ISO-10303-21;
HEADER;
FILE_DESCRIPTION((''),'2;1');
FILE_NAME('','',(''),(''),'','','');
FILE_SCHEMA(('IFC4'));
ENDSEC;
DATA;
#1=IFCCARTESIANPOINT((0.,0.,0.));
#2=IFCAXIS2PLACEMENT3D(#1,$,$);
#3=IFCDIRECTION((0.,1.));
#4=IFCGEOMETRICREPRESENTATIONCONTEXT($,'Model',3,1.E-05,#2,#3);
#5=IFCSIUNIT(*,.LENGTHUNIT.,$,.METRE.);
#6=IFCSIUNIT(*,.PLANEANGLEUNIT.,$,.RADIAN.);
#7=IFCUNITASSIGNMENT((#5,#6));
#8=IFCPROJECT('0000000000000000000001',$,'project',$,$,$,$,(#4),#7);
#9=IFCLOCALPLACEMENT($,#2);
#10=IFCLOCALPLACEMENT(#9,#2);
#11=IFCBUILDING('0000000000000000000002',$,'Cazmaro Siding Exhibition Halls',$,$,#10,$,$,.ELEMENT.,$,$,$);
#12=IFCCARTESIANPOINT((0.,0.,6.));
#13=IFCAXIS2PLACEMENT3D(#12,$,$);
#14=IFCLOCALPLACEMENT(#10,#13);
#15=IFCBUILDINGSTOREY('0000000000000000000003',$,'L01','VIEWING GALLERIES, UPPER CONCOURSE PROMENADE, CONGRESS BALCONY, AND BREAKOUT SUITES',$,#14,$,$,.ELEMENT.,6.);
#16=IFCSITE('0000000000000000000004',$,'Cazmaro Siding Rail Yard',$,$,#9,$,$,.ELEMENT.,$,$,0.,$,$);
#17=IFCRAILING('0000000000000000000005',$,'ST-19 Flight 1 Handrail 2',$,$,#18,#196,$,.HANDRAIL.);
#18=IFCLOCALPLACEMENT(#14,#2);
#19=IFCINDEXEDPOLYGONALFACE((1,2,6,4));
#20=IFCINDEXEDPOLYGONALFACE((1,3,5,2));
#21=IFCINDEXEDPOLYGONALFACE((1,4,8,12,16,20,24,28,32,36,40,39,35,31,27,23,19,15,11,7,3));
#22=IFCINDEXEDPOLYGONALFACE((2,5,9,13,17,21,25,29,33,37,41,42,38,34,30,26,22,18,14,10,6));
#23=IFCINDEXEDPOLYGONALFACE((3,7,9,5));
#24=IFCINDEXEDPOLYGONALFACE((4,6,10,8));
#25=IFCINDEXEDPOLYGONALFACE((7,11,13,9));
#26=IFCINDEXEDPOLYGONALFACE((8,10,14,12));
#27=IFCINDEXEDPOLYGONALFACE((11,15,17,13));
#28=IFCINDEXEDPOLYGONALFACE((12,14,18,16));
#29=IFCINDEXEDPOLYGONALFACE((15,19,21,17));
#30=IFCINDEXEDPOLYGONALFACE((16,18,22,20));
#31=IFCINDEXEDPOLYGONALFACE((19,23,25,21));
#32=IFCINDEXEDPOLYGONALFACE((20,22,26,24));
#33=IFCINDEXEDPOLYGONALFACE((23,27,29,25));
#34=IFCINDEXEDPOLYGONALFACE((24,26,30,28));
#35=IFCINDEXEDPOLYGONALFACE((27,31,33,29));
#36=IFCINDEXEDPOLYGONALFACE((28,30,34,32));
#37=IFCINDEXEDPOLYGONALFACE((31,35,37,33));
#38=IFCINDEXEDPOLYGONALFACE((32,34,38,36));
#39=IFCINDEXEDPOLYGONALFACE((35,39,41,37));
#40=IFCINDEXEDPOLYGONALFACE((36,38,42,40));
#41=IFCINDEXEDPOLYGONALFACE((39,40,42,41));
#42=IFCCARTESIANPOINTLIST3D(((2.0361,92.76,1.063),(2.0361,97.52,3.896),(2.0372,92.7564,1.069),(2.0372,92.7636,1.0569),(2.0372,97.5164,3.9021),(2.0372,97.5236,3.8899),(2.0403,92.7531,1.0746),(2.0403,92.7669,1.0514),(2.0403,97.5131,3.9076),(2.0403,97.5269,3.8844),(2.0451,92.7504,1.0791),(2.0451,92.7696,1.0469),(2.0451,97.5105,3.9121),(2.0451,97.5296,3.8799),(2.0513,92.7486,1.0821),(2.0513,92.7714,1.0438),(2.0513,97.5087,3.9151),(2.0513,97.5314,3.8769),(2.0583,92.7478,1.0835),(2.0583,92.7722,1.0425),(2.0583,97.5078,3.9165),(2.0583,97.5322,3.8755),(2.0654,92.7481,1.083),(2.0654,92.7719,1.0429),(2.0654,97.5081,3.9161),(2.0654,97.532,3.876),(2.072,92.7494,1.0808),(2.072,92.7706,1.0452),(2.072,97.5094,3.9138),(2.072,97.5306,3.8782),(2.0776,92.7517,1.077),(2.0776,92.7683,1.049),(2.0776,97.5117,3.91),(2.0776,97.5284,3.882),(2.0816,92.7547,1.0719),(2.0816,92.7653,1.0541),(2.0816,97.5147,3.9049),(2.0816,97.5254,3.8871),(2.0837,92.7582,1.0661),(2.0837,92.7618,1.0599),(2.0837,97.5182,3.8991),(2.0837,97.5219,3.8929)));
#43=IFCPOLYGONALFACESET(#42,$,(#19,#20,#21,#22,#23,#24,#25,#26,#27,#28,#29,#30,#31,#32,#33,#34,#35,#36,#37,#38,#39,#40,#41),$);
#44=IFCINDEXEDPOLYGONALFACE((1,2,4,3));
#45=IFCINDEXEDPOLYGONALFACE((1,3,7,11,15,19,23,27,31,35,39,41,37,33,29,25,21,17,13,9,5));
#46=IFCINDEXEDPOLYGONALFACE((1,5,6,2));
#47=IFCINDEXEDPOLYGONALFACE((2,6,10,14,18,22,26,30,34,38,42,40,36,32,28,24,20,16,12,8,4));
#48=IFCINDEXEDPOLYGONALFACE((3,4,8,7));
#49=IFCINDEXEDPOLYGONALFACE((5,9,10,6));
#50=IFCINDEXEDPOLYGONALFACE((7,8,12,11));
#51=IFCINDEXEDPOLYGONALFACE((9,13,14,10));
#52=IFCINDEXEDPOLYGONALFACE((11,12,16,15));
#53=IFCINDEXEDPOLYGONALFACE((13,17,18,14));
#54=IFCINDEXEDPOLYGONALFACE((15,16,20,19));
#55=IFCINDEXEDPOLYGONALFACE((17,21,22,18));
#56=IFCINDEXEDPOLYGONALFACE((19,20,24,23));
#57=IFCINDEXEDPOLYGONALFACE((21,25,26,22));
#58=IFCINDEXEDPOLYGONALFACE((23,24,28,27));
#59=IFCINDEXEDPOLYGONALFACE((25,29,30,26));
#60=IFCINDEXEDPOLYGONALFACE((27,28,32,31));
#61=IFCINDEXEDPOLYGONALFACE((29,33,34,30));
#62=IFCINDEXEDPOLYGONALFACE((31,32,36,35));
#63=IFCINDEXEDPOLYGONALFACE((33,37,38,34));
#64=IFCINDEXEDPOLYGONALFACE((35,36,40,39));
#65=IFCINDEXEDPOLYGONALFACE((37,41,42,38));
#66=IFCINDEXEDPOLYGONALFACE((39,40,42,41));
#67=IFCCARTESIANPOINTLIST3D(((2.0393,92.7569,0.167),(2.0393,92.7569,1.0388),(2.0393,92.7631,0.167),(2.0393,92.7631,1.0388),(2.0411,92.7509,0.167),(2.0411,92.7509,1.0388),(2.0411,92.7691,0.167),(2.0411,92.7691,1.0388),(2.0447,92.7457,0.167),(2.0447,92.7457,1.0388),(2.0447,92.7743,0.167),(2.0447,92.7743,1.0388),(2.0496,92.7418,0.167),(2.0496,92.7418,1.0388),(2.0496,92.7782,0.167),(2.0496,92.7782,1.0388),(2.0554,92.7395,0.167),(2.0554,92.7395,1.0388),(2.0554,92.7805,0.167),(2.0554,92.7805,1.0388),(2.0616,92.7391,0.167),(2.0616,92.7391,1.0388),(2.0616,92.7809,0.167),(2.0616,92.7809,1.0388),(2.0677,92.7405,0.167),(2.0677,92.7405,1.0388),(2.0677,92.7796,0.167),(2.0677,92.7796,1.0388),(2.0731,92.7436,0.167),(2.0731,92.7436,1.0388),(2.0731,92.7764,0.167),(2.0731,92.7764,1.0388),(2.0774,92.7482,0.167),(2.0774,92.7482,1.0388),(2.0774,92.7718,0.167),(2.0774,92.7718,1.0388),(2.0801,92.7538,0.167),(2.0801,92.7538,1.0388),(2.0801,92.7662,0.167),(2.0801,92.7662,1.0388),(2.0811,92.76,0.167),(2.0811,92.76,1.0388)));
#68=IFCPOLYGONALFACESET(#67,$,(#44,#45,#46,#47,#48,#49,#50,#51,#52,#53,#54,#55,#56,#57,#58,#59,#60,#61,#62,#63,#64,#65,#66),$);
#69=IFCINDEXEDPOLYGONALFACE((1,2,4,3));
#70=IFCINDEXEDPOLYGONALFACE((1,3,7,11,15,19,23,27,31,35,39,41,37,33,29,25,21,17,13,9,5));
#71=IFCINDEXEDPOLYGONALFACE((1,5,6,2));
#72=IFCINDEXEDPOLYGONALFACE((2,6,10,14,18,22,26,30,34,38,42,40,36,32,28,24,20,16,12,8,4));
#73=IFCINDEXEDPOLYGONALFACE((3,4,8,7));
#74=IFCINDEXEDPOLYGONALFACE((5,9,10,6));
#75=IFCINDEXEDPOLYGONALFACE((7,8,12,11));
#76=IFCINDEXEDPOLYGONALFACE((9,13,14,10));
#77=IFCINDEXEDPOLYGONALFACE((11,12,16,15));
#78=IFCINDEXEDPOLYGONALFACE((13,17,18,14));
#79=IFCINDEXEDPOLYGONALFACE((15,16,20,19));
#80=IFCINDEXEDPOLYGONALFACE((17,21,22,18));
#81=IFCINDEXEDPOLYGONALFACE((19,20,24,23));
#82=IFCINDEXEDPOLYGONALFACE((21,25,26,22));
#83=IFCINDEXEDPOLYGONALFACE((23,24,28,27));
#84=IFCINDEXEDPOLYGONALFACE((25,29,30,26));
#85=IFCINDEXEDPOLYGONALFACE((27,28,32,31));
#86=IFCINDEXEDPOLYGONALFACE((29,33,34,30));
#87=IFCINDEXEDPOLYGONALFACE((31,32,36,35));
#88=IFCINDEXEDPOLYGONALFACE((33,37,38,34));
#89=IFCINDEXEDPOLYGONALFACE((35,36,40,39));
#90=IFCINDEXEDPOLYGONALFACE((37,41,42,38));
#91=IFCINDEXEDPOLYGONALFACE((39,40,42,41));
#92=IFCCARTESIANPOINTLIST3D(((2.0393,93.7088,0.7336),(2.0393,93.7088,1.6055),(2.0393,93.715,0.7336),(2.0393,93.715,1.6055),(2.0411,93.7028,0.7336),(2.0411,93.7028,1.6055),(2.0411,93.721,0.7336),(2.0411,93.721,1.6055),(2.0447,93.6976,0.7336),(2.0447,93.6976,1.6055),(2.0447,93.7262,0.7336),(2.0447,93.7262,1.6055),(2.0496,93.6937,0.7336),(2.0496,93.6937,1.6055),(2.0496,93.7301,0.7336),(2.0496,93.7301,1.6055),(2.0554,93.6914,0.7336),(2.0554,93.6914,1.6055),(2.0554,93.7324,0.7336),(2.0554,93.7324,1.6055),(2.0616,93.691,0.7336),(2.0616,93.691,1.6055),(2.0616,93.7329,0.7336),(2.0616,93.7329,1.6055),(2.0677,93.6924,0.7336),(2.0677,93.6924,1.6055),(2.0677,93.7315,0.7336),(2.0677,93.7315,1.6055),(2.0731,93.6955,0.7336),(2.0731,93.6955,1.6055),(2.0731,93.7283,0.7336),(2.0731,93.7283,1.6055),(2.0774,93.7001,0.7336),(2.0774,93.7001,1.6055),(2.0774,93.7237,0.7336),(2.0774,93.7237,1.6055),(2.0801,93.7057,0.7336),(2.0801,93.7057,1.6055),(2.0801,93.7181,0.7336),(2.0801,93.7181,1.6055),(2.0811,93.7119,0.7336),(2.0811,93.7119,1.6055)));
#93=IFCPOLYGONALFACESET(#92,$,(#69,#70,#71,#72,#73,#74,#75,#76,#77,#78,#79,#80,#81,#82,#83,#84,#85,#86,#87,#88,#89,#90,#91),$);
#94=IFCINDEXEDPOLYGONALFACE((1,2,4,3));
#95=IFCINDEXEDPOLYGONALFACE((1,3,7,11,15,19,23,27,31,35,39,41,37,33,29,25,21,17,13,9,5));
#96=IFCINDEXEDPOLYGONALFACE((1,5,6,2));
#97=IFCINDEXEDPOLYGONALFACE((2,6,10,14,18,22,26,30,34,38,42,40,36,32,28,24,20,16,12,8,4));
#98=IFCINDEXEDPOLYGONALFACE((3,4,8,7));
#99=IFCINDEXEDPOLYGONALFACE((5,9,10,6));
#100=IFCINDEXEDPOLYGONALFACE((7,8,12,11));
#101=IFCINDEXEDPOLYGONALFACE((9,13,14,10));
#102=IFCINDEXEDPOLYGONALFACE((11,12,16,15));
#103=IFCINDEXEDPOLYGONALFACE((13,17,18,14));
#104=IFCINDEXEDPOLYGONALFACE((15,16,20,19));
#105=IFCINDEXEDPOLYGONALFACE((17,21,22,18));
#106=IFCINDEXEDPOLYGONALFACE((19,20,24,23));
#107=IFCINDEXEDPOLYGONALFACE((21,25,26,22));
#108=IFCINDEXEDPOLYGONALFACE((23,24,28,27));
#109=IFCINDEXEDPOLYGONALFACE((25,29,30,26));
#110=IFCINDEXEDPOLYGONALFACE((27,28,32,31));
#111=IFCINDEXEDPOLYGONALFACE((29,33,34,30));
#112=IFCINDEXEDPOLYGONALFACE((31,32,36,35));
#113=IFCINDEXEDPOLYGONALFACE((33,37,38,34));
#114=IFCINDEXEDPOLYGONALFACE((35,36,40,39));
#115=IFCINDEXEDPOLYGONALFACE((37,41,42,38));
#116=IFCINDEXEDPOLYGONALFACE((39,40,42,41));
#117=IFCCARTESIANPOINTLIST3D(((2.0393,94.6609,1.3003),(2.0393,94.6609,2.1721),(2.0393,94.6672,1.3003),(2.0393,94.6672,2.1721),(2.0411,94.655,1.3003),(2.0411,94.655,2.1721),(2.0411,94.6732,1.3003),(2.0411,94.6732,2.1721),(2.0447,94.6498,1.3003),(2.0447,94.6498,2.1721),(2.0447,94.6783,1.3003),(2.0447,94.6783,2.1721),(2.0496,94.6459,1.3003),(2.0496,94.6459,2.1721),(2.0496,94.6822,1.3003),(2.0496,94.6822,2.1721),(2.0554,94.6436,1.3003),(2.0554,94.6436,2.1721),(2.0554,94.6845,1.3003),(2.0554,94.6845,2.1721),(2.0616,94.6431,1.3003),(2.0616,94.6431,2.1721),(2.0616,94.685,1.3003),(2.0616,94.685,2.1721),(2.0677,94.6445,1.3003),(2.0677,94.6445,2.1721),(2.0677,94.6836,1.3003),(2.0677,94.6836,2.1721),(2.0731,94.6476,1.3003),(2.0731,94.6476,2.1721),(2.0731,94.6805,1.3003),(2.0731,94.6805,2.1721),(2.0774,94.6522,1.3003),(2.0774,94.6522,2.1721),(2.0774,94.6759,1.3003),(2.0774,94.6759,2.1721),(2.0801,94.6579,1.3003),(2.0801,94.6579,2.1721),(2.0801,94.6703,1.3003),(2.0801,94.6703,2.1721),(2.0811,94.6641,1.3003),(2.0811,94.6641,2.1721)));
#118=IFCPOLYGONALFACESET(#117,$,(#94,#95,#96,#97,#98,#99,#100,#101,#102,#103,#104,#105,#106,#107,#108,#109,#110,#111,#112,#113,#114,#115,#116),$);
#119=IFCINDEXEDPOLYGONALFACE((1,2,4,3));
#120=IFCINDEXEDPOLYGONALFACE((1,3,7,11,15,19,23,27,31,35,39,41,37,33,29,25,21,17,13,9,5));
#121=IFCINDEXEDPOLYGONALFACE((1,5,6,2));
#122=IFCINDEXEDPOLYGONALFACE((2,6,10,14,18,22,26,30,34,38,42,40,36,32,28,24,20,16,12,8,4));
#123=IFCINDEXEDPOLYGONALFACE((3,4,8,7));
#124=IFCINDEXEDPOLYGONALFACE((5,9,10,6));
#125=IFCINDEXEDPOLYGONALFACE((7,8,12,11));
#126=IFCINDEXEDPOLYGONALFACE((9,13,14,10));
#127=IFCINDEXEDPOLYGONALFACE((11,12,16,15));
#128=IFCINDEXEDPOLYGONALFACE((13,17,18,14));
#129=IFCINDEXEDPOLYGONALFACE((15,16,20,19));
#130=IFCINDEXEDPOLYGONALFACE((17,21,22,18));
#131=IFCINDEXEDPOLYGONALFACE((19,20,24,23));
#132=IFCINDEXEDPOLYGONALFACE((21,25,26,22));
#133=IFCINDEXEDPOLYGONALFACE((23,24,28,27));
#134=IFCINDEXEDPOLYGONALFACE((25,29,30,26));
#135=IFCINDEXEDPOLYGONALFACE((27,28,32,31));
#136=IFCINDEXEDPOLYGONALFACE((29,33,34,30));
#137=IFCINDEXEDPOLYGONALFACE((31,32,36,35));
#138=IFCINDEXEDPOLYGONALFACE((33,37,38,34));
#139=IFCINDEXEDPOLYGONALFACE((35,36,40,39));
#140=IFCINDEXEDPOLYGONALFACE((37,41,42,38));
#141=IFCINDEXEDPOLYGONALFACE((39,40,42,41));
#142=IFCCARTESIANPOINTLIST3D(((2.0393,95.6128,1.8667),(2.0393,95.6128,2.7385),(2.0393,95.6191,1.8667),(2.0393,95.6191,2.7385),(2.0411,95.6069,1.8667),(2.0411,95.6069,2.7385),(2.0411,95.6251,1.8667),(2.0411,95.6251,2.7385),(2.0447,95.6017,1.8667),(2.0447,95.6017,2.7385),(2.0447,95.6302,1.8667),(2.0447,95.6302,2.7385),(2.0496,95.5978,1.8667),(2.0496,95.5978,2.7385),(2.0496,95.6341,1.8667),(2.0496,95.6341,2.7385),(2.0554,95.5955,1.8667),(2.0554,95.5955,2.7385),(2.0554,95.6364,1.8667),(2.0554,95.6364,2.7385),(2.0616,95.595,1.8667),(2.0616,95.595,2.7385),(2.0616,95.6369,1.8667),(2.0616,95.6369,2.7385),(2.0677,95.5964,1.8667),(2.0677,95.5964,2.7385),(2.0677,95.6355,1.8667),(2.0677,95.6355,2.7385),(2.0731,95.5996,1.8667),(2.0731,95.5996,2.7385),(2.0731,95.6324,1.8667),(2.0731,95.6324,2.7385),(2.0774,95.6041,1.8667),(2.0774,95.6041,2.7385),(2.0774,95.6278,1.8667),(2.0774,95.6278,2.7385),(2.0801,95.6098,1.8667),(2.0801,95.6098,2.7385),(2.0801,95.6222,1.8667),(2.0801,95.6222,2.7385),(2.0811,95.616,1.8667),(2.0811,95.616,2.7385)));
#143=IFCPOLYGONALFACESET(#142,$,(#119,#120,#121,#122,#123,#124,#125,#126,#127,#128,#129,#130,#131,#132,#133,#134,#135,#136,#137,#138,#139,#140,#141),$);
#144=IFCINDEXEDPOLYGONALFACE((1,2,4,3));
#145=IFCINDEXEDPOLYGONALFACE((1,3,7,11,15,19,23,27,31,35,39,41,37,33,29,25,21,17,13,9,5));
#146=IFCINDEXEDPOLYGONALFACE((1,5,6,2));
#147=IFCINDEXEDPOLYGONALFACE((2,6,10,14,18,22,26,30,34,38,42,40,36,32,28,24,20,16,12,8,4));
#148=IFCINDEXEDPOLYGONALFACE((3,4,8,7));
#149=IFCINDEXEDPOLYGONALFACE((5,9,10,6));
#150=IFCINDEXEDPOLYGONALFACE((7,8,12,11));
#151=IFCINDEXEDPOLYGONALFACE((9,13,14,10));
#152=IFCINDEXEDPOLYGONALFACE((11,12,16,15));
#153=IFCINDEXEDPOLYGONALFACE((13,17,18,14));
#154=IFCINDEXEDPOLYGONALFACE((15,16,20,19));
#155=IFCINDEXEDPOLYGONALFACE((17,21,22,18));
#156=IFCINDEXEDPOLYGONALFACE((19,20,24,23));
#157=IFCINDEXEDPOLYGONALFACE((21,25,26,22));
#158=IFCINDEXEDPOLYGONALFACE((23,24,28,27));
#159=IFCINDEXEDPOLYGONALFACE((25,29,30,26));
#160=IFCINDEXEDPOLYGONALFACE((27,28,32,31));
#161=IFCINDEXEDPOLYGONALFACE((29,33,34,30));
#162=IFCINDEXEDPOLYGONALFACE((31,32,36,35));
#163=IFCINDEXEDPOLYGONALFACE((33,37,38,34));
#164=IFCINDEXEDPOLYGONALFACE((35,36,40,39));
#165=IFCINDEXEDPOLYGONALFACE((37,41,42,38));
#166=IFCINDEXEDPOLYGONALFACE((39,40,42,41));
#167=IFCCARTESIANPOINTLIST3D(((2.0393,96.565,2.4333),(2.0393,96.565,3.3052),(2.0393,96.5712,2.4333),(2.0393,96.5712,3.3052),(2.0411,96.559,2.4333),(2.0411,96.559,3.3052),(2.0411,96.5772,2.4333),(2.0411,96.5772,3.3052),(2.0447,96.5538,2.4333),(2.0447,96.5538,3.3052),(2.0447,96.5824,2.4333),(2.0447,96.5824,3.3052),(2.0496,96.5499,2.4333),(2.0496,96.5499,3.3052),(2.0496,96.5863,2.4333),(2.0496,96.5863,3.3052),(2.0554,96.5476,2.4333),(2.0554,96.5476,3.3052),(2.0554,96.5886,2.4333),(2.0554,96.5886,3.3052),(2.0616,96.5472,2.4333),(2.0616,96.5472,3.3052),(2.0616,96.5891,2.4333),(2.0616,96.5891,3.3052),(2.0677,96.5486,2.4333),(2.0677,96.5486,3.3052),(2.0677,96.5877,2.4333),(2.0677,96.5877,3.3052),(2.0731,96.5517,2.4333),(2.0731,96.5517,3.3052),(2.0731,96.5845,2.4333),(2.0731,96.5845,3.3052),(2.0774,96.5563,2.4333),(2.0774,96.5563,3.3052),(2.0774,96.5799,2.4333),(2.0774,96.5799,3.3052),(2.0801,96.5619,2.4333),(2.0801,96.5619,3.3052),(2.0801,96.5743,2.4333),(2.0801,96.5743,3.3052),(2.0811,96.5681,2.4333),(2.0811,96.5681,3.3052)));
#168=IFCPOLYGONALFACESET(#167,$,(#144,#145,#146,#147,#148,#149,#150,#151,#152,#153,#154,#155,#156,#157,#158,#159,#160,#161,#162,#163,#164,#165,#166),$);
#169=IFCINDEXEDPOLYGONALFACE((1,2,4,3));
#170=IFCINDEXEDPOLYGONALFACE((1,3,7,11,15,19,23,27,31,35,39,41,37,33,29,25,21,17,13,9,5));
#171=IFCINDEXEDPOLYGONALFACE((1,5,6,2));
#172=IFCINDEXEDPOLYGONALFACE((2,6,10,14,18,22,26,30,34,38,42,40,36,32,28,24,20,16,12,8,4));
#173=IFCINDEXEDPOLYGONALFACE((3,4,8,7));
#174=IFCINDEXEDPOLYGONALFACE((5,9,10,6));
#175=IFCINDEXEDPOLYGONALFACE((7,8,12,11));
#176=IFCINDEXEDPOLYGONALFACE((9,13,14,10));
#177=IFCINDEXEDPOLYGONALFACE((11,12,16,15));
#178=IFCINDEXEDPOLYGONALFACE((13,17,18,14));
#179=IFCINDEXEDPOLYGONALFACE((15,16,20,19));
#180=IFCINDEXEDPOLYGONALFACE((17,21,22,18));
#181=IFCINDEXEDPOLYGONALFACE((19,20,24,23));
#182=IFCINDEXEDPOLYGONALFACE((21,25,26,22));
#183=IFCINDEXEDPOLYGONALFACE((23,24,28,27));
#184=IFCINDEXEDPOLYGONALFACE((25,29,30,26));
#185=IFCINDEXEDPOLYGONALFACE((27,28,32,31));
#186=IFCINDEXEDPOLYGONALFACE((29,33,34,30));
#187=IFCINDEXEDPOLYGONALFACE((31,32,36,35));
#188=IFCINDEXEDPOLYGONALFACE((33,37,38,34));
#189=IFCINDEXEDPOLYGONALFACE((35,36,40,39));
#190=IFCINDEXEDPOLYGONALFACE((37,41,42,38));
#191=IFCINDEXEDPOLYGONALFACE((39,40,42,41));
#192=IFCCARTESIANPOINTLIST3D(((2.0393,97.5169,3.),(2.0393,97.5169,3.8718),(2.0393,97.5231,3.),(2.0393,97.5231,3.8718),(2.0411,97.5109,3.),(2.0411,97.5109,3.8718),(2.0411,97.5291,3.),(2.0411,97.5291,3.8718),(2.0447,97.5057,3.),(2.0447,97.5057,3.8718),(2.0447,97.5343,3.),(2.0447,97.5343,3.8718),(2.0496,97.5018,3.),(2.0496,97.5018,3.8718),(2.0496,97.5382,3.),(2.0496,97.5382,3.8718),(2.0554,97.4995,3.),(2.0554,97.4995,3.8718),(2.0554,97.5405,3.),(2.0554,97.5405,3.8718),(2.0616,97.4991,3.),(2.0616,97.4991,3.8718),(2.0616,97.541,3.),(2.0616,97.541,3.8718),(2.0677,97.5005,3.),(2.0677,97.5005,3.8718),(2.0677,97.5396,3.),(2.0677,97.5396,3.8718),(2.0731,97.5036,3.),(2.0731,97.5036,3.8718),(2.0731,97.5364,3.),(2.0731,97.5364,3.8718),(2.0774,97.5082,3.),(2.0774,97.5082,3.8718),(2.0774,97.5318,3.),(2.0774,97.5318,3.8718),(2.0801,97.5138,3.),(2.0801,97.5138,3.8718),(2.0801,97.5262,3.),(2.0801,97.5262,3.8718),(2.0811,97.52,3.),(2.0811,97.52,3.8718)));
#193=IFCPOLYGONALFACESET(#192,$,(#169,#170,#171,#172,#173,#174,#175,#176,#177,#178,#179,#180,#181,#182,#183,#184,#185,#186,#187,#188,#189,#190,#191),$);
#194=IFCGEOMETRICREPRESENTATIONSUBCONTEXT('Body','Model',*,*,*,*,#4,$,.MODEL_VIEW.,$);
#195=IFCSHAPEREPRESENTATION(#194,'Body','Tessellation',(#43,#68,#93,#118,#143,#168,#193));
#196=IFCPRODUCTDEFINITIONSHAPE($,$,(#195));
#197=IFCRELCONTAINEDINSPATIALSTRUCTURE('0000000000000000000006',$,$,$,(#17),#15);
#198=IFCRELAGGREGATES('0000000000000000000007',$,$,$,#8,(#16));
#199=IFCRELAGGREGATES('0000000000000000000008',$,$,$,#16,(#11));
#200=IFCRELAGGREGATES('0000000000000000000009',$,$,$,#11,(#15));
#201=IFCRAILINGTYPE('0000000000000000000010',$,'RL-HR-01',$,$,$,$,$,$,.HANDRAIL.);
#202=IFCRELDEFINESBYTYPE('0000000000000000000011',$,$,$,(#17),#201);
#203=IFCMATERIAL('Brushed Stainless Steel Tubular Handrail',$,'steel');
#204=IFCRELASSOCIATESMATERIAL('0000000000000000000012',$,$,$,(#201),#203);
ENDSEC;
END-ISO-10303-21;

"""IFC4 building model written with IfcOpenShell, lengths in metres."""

from ifc_helpers import new_model, si_unit, direction, frame, origin, origin_2d, place, context, subcontext, project, spatial, circle, extrude, material, type_object, element, save


model = new_model("IFC4")

# Units and contexts
model_context = context("Model", 3, precision=1e-05, world=origin(), true_north=direction((0.0, 1.0)))
body_context = subcontext(model_context, "Body", "Model", "MODEL_VIEW")
ifc_project = project(units=[si_unit("LENGTHUNIT", "METRE"), si_unit("PLANEANGLEUNIT", "RADIAN")], contexts=[model_context])

# Site, building, storey
site_placement = place(None, origin())
site = spatial("IfcSite", under=ifc_project, at=site_placement, Name="Cazmaro Siding Rail Yard", CompositionType="ELEMENT", RefElevation=0.0)
building_placement = place(site_placement, origin())
building = spatial("IfcBuilding", under=site, at=building_placement, Name="Cazmaro Siding Exhibition Halls", CompositionType="ELEMENT")
storey_placement = place(building_placement, frame((0.0, 0.0, 6.0)))
storey = spatial("IfcBuildingStorey", under=building, at=storey_placement, Name="L01", Description="VIEWING GALLERIES, UPPER CONCOURSE PROMENADE, CONGRESS BALCONY, AND BREAKOUT SUITES", CompositionType="ELEMENT", Elevation=6.0)

# Railing
ifc_material_1 = material(Name="Brushed Stainless Steel Tubular Handrail", Category="steel")
railing_type_1 = type_object("IfcRailingType", Name="RL-HR-01", PredefinedType="HANDRAIL", material=ifc_material_1)
railing_1_placement = place(storey_placement, frame((2.0601, 92.76, 0.167)))
element("IfcRailing", 1, at=railing_1_placement, inside=storey, type_object=railing_type_1, Name="ST-19 Flight 1 Handrail 2", PredefinedType="HANDRAIL", context=body_context, shape_type="SweptSolid", body=[
    extrude(circle(Radius=0.0239, at=origin_2d()), frame((0.0, 0.0, 0.896), z_axis=(0.0, 0.859319, 0.51144), x_axis=(-1.0, 0.0, 0.0)), (0.0, 0.0, 1.0), 5.5393),
    extrude(circle(Radius=0.021, at=origin_2d()), origin(), (0.0, 0.0, 1.0), 0.8718),
    extrude(circle(Radius=0.021, at=origin_2d()), frame((0.0, 0.9519, 0.5667)), (0.0, 0.0, 1.0), 0.8718),
    extrude(circle(Radius=0.021, at=origin_2d()), frame((0.0, 1.9041, 1.1333)), (0.0, 0.0, 1.0), 0.8718),
    extrude(circle(Radius=0.021, at=origin_2d()), frame((0.0, 2.856, 1.6997)), (0.0, 0.0, 1.0), 0.8718),
    extrude(circle(Radius=0.021, at=origin_2d()), frame((0.0, 3.8081, 2.2664)), (0.0, 0.0, 1.0), 0.8718),
    extrude(circle(Radius=0.021, at=origin_2d()), frame((0.0, 4.76, 2.833)), (0.0, 0.0, 1.0), 0.8718),
])

save(model, "model.ifc")
